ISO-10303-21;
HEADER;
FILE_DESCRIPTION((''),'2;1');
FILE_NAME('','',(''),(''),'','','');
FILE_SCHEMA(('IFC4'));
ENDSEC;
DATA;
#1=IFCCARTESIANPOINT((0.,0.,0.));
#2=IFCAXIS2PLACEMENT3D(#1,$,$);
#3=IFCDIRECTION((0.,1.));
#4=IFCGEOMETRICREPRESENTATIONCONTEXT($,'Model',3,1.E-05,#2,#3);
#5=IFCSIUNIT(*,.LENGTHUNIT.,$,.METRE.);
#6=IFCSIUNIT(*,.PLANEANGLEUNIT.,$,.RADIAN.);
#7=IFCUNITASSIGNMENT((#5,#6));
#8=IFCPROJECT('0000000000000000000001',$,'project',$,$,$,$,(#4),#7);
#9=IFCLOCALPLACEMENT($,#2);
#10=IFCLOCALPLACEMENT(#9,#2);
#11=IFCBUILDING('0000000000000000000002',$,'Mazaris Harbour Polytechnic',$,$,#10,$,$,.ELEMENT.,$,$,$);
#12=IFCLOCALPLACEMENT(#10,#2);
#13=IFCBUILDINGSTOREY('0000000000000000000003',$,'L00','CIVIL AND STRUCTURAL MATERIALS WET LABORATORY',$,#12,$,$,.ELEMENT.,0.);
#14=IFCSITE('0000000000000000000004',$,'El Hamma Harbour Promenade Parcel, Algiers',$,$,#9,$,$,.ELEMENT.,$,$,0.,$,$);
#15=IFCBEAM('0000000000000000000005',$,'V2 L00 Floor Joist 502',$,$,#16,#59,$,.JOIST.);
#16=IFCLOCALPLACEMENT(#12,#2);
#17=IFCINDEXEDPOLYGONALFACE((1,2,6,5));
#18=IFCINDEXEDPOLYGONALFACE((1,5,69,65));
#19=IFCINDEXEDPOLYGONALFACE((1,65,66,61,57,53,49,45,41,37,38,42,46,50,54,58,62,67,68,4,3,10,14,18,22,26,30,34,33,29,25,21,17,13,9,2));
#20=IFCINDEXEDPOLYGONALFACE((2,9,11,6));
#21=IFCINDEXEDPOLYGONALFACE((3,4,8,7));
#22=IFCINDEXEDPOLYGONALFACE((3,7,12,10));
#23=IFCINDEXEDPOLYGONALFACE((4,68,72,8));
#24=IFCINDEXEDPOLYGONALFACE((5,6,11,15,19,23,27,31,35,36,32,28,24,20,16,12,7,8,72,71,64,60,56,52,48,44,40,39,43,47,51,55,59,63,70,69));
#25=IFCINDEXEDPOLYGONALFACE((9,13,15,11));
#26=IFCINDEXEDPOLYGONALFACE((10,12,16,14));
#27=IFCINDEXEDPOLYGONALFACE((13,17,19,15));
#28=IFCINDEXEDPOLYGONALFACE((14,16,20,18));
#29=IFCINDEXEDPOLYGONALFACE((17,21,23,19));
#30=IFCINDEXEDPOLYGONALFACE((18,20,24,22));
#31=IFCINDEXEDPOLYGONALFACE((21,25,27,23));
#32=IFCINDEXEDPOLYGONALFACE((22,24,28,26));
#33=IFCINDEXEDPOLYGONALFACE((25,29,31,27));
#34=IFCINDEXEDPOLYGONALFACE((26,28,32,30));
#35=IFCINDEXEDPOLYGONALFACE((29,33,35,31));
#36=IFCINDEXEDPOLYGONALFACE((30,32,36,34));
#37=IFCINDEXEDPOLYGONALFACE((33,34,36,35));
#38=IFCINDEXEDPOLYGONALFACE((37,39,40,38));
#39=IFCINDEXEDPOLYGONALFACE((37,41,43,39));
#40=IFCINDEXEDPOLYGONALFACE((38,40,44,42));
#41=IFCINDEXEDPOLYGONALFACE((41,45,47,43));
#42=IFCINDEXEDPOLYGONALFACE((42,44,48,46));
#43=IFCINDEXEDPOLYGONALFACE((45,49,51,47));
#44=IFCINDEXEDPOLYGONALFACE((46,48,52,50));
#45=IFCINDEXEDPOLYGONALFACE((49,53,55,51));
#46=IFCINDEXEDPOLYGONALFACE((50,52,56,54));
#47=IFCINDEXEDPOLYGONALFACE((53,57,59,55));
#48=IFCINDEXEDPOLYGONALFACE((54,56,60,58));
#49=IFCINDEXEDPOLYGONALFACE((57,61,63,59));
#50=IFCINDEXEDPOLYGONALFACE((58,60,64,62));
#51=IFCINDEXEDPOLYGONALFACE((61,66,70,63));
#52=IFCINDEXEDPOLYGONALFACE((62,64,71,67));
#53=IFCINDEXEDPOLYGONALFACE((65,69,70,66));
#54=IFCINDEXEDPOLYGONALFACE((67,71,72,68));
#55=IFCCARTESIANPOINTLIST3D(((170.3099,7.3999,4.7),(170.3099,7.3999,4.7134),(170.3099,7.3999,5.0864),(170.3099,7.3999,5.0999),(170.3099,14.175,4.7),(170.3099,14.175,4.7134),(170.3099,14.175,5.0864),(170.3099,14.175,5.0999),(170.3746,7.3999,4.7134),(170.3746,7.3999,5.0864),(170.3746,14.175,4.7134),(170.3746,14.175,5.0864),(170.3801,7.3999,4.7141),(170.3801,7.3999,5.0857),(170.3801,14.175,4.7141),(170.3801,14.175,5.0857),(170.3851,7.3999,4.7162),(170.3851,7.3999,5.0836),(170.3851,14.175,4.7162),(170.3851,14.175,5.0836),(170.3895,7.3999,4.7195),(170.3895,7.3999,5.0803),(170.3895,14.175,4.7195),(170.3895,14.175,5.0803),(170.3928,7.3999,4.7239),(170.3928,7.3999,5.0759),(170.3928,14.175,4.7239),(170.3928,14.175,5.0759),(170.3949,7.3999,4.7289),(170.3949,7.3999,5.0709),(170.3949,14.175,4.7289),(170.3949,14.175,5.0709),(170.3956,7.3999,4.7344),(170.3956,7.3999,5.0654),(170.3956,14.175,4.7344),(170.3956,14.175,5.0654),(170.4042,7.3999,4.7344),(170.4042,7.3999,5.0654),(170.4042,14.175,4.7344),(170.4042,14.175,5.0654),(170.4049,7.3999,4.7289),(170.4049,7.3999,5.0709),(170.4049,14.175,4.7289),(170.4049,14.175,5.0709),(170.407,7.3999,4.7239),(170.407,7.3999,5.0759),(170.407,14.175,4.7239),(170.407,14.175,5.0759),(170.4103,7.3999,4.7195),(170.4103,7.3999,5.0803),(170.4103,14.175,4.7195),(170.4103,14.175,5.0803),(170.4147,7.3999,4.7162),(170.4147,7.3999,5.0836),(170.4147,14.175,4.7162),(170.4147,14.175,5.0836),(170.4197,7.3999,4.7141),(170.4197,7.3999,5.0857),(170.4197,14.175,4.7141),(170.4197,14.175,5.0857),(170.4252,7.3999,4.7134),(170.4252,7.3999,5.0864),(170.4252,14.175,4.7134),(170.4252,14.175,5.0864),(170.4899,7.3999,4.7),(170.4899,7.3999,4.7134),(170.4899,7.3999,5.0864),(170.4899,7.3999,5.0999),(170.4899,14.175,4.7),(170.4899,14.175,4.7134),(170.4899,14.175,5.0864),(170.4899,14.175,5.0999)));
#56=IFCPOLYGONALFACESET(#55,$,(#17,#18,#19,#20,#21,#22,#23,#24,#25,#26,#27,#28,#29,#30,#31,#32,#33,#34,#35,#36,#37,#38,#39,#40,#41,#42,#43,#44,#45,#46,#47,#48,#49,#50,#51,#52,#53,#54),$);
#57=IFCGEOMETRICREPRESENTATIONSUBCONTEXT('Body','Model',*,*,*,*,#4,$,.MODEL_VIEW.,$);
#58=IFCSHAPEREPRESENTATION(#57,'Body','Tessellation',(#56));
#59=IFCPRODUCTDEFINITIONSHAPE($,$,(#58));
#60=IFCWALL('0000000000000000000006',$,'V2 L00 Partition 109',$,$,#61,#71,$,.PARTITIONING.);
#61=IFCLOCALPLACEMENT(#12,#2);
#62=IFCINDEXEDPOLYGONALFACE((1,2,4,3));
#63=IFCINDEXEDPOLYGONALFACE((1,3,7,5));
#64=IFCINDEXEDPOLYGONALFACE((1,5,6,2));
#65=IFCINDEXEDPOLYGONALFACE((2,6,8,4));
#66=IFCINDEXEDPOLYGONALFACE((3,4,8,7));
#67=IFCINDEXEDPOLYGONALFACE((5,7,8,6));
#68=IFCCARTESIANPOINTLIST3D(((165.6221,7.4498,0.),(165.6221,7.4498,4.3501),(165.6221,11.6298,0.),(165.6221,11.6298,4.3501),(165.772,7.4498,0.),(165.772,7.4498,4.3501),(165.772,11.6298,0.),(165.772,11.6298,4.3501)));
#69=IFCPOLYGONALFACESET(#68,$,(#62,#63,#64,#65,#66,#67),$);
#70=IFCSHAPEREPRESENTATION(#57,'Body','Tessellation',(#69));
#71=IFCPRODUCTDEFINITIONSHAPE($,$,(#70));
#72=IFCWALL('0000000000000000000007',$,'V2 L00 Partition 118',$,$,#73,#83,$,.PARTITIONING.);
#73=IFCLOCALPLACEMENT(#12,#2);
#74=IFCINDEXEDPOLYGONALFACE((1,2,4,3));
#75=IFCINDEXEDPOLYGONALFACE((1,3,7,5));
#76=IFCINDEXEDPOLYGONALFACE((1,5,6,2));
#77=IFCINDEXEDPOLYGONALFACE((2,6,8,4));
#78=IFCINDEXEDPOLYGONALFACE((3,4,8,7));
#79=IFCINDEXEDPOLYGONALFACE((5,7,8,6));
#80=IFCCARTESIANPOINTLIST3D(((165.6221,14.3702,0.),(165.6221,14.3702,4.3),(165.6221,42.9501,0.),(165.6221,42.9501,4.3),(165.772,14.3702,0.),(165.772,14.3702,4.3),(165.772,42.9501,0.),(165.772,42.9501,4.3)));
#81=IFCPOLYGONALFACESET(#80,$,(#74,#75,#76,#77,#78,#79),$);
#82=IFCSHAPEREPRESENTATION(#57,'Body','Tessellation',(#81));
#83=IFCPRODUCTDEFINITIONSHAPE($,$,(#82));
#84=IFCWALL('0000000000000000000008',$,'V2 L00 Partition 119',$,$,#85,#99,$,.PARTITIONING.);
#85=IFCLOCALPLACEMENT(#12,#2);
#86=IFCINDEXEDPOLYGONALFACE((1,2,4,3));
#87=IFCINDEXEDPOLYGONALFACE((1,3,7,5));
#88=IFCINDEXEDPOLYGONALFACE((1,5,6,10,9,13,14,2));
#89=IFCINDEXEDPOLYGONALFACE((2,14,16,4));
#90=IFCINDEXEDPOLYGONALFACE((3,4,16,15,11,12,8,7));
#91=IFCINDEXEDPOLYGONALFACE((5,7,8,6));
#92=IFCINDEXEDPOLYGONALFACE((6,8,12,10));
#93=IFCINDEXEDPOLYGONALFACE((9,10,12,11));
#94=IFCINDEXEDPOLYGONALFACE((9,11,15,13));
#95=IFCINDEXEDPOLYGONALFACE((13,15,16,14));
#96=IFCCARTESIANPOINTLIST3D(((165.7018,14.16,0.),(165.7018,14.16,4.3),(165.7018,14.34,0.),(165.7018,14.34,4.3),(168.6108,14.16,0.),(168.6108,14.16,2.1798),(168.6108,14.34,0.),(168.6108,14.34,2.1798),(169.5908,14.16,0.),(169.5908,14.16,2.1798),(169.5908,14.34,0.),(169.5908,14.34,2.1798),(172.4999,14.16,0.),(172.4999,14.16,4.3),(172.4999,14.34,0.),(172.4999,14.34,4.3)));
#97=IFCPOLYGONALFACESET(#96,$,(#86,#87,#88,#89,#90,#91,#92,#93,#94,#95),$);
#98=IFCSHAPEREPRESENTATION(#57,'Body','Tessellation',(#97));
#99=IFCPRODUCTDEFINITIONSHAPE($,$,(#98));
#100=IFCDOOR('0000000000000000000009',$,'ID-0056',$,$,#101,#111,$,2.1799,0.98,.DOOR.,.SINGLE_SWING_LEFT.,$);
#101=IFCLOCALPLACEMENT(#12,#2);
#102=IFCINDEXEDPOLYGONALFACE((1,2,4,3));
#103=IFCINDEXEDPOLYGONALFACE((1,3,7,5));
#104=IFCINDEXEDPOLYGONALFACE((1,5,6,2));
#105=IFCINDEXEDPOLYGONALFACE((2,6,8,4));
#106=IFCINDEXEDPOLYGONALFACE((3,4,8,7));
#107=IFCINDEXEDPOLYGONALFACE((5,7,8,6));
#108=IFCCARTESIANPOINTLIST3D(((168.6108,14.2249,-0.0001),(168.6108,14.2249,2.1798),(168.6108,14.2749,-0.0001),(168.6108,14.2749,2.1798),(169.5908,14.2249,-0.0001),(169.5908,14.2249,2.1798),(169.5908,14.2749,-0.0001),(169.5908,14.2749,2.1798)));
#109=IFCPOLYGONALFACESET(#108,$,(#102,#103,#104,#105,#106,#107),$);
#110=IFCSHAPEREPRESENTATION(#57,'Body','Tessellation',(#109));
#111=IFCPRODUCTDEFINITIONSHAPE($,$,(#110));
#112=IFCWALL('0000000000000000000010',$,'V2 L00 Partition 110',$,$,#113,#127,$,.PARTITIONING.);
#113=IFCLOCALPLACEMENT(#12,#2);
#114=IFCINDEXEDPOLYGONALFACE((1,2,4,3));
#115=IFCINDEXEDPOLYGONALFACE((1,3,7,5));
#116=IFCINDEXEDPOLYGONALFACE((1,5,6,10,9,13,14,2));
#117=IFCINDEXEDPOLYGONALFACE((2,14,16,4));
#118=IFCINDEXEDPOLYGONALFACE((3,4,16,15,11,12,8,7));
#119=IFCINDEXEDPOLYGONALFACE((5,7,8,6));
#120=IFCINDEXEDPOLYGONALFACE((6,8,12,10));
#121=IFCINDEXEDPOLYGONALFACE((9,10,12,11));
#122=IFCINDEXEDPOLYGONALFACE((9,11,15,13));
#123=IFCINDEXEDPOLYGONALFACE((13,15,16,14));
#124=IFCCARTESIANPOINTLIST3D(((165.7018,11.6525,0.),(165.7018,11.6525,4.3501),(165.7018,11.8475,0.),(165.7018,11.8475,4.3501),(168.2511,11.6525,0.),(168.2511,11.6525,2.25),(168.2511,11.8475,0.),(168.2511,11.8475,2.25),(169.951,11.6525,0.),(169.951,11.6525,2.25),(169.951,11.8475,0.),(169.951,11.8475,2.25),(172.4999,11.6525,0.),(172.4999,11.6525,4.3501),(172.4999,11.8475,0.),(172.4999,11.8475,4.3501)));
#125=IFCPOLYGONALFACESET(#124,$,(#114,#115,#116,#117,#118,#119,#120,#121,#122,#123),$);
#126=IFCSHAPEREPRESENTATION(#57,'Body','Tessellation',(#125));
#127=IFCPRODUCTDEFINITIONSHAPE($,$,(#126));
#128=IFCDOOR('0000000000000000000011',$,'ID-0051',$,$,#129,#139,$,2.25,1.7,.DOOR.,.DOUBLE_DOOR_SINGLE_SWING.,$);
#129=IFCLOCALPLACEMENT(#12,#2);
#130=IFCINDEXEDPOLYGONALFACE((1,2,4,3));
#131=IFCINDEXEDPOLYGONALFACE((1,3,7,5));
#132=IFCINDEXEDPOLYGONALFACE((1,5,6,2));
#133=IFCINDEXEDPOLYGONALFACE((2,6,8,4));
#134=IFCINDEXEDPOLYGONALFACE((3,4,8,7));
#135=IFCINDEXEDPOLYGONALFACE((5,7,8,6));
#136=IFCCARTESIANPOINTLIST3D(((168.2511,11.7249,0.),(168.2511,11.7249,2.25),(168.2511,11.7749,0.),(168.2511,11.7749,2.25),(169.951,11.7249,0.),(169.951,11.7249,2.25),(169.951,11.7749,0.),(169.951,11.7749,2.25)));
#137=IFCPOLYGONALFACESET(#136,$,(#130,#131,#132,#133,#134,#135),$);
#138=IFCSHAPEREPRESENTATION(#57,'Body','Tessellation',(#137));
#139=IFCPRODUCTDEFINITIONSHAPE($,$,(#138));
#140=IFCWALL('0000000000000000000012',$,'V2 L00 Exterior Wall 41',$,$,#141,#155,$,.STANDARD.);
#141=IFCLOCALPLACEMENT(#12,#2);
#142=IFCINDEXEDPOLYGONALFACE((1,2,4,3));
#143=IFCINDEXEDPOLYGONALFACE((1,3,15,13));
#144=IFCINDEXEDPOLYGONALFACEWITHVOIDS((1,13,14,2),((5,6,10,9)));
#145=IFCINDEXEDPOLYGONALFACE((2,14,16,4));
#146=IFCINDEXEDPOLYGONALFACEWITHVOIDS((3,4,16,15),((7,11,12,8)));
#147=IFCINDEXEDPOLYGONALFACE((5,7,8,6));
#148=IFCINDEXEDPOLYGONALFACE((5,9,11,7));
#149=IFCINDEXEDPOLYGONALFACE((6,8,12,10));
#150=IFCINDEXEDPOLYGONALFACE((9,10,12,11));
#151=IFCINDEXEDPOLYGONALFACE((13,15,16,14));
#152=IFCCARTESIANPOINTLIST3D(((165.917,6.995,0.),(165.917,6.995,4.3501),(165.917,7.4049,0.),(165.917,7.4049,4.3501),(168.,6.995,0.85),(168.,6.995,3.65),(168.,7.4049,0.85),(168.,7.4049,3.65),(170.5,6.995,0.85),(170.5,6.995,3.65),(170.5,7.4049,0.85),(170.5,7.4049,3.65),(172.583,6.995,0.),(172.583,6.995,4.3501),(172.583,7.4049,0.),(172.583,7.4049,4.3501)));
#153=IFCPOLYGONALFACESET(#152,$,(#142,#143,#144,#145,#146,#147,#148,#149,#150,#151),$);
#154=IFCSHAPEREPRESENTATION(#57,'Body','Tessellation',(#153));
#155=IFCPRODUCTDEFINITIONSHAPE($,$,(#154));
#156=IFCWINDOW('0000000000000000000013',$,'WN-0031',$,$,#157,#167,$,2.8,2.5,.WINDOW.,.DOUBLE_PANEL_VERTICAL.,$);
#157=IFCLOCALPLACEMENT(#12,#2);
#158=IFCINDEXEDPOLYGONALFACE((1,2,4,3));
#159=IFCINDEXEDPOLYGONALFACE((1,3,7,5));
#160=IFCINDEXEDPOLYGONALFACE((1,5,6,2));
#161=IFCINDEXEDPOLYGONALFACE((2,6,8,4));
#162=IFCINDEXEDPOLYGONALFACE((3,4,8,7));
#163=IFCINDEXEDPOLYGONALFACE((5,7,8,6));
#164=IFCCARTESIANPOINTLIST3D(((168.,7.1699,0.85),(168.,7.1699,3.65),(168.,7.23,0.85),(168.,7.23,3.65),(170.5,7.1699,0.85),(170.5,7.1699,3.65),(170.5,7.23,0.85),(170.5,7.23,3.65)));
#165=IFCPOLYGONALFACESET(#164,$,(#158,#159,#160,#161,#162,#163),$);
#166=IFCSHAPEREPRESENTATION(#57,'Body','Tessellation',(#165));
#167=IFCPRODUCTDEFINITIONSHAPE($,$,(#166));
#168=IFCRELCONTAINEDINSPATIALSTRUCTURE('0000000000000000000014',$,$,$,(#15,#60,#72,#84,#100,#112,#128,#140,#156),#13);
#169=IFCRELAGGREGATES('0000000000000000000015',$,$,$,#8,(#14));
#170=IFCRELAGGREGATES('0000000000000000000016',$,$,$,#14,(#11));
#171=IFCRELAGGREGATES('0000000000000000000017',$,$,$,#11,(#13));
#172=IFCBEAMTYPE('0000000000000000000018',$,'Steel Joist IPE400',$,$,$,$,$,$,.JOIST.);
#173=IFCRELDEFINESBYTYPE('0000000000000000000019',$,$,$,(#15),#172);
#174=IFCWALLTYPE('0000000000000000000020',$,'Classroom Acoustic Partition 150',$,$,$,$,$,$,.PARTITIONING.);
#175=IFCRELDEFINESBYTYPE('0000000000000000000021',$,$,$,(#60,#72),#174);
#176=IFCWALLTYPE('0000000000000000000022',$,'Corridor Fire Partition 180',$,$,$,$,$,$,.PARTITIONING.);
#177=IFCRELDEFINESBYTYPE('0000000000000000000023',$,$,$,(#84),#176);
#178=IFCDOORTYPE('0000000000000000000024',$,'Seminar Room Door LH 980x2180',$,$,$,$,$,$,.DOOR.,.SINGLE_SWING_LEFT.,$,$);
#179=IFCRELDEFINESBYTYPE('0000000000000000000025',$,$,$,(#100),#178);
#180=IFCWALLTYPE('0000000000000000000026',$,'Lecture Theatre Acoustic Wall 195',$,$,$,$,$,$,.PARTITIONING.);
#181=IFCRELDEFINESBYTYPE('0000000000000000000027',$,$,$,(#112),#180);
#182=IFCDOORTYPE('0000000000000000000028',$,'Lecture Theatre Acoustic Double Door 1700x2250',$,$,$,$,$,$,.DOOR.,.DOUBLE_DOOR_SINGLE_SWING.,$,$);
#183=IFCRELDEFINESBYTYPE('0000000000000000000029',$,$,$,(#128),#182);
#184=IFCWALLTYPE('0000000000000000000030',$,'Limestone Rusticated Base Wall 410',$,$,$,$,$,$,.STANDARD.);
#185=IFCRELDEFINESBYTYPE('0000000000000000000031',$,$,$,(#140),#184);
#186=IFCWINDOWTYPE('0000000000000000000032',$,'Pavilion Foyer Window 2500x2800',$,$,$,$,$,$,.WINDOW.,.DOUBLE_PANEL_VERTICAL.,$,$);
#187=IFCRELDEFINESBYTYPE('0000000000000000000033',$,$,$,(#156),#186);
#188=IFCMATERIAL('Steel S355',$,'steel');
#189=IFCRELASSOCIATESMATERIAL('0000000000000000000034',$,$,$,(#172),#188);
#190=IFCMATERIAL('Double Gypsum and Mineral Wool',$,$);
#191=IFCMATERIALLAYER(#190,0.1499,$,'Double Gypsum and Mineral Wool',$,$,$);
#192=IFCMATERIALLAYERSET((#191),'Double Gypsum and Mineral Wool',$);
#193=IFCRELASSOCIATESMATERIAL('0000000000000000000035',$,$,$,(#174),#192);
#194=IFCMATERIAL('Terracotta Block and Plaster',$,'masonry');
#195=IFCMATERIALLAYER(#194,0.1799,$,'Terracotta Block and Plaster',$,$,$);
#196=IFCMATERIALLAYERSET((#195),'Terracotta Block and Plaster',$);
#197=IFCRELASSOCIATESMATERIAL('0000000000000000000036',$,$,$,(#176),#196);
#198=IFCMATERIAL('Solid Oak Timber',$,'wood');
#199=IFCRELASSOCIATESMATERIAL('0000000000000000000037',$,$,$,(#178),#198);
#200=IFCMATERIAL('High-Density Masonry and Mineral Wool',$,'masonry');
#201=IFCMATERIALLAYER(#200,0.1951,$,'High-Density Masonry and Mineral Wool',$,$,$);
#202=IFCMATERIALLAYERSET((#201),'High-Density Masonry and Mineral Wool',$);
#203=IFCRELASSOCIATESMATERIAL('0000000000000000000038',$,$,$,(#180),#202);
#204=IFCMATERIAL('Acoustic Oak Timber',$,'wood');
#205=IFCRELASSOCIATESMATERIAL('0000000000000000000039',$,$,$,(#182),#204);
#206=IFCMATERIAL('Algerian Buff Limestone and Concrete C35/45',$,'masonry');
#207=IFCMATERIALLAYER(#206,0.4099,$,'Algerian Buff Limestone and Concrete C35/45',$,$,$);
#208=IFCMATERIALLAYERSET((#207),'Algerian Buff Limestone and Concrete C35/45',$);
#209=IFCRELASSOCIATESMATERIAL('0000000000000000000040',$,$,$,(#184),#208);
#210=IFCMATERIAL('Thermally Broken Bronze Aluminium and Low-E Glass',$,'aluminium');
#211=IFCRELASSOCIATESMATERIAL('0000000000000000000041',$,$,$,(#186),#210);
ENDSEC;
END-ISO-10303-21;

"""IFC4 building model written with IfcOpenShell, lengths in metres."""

from ifc_helpers import new_model, si_unit, direction, frame, frame_2d, origin, origin_2d, place, context, subcontext, project, spatial, rectangle, i_section, extrude, material, layer, layer_set, material_profile, profile_set, type_object, element, fill, save


model = new_model("IFC4")

# Units and contexts
model_context = context("Model", 3, precision=1e-05, world=origin(), true_north=direction((0.0, 1.0)))
body_context = subcontext(model_context, "Body", "Model", "MODEL_VIEW")
ifc_project = project(units=[si_unit("LENGTHUNIT", "METRE"), si_unit("PLANEANGLEUNIT", "RADIAN")], contexts=[model_context])

# Site, building, storey
site_placement = place(None, origin())
site = spatial("IfcSite", under=ifc_project, at=site_placement, Name="El Hamma Harbour Promenade Parcel, Algiers", CompositionType="ELEMENT", RefElevation=0.0)
building_placement = place(site_placement, origin())
building = spatial("IfcBuilding", under=site, at=building_placement, Name="Mazaris Harbour Polytechnic", CompositionType="ELEMENT")
storey_placement = place(building_placement, origin())
storey = spatial("IfcBuildingStorey", under=building, at=storey_placement, Name="L00", Description="CIVIL AND STRUCTURAL MATERIALS WET LABORATORY", CompositionType="ELEMENT", Elevation=0.0)

# Beam
ifc_material_1 = material(Name="Steel S355", Category="steel")
ifc_material_profile_1 = material_profile(ifc_material_1, i_section(OverallWidth=0.1799, OverallDepth=0.3999, WebThickness=0.0085, FlangeThickness=0.0134, FilletRadius=0.021, at=origin_2d()), Name="IPE 400")
ifc_profile_set_1 = profile_set([ifc_material_profile_1], Name="Steel S355")
beam_type_1 = type_object("IfcBeamType", Name="Steel Joist IPE400", PredefinedType="JOIST", material=ifc_profile_set_1)
beam_1_placement = place(storey_placement, frame((170.3999, 7.3999, 4.8999), z_axis=(0.0, 1.0, 0.0), x_axis=(-1.0, 0.0, 0.0)))
element("IfcBeam", 1, at=beam_1_placement, inside=storey, type_object=beam_type_1, Name="V2 L00 Floor Joist 502", PredefinedType="JOIST", context=body_context, shape_type="SweptSolid", body=[
    extrude(i_section(OverallWidth=0.1799, OverallDepth=0.3999, WebThickness=0.0085, FlangeThickness=0.0134, FilletRadius=0.021, at=origin_2d()), origin(), (0.0, 0.0, 1.0), 6.7751),
])

# Walls
ifc_material_2 = material(Name="Double Gypsum and Mineral Wool")
ifc_layer_1 = layer(ifc_material_2, 0.1499, Name="Double Gypsum and Mineral Wool")
ifc_layer_set_1 = layer_set([ifc_layer_1], Name="Double Gypsum and Mineral Wool")
wall_type_1 = type_object("IfcWallType", Name="Classroom Acoustic Partition 150", PredefinedType="PARTITIONING", material=ifc_layer_set_1)
wall_1_placement = place(storey_placement, frame((165.697, 7.45, 0.0), z_axis=(0.0, 0.0, 1.0), x_axis=(0.0, 1.0, 0.0)))
element("IfcWall", 2, at=wall_1_placement, inside=storey, type_object=wall_type_1, Name="V2 L00 Partition 109", PredefinedType="PARTITIONING", context=body_context, shape_type="SweptSolid", body=[
    extrude(rectangle(XDim=4.1799, YDim=0.1499, at=frame_2d((2.0898, 0.0))), origin(), (0.0, 0.0, 1.0), 4.3501),
])
wall_2_placement = place(storey_placement, frame((165.697, 14.3701, 0.0), z_axis=(0.0, 0.0, 1.0), x_axis=(0.0, 1.0, 0.0)))
element("IfcWall", 3, at=wall_2_placement, inside=storey, type_object=wall_type_1, Name="V2 L00 Partition 118", PredefinedType="PARTITIONING", context=body_context, shape_type="SweptSolid", body=[
    extrude(rectangle(XDim=28.5798, YDim=0.1499, at=frame_2d((14.29, 0.0))), origin(), (0.0, 0.0, 1.0), 4.3),
])

# Walls, openings, doors
ifc_material_3 = material(Name="Terracotta Block and Plaster", Category="masonry")
ifc_layer_2 = layer(ifc_material_3, 0.1799, Name="Terracotta Block and Plaster")
ifc_layer_set_2 = layer_set([ifc_layer_2], Name="Terracotta Block and Plaster")
wall_type_2 = type_object("IfcWallType", Name="Corridor Fire Partition 180", PredefinedType="PARTITIONING", material=ifc_layer_set_2)
wall_3_placement = place(storey_placement, frame((165.7019, 14.25, 0.0), z_axis=(0.0, 0.0, 1.0), x_axis=(1.0, 0.0, 0.0)))
wall_3 = element("IfcWall", 4, at=wall_3_placement, inside=storey, type_object=wall_type_2, Name="V2 L00 Partition 119", PredefinedType="PARTITIONING", context=body_context, shape_type="SweptSolid", body=[
    extrude(rectangle(XDim=6.7981, YDim=0.1799, at=frame_2d((3.3989, 0.0))), origin(), (0.0, 0.0, 1.0), 4.3),
])
opening_1_placement = place(wall_3_placement, frame((2.9089, 0.0, 0.0)))
opening_1 = element("IfcOpeningElement", 5, at=opening_1_placement, cuts=wall_3, PredefinedType="OPENING", context=body_context, shape_type="SweptSolid", body=[
    extrude(rectangle(XDim=0.98, YDim=2.1799, at=frame_2d((0.49, 1.0898))), frame((0.0, 0.0999, 0.0), z_axis=(0.0, -1.0, 0.0), x_axis=(1.0, 0.0, 0.0)), (0.0, 0.0, 1.0), 0.2),
])
ifc_material_4 = material(Name="Solid Oak Timber", Category="wood")
door_type_1 = type_object("IfcDoorType", Name="Seminar Room Door LH 980x2180", OperationType="SINGLE_SWING_LEFT", PredefinedType="DOOR", material=ifc_material_4)
door_1_placement = place(opening_1_placement, origin())
door_1 = element("IfcDoor", 6, at=door_1_placement, inside=storey, type_object=door_type_1, Name="ID-0056", OperationType="SINGLE_SWING_LEFT", OverallHeight=2.1799, OverallWidth=0.98, PredefinedType="DOOR", context=body_context, shape_type="SweptSolid", body=[
    extrude(rectangle(XDim=0.98, YDim=2.1799, at=frame_2d((0.49, 1.0898))), frame((0.0, 0.0249, 0.0), z_axis=(0.0, -1.0, 0.0), x_axis=(1.0, 0.0, 0.0)), (0.0, 0.0, 1.0), 0.05),
])
fill(opening_1, door_1)
ifc_material_5 = material(Name="High-Density Masonry and Mineral Wool", Category="masonry")
ifc_layer_3 = layer(ifc_material_5, 0.1951, Name="High-Density Masonry and Mineral Wool")
ifc_layer_set_3 = layer_set([ifc_layer_3], Name="High-Density Masonry and Mineral Wool")
wall_type_3 = type_object("IfcWallType", Name="Lecture Theatre Acoustic Wall 195", PredefinedType="PARTITIONING", material=ifc_layer_set_3)
wall_4_placement = place(storey_placement, frame((165.7019, 11.75, 0.0), z_axis=(0.0, 0.0, 1.0), x_axis=(1.0, 0.0, 0.0)))
wall_4 = element("IfcWall", 7, at=wall_4_placement, inside=storey, type_object=wall_type_3, Name="V2 L00 Partition 110", PredefinedType="PARTITIONING", context=body_context, shape_type="SweptSolid", body=[
    extrude(rectangle(XDim=6.7981, YDim=0.1951, at=frame_2d((3.3989, 0.0))), origin(), (0.0, 0.0, 1.0), 4.3501),
])
opening_2_placement = place(wall_4_placement, frame((2.5491, 0.0, 0.0)))
opening_2 = element("IfcOpeningElement", 8, at=opening_2_placement, cuts=wall_4, PredefinedType="OPENING", context=body_context, shape_type="SweptSolid", body=[
    extrude(rectangle(XDim=1.7, YDim=2.25, at=frame_2d((0.8501, 1.125))), frame((0.0, 0.1074, 0.0), z_axis=(0.0, -1.0, 0.0), x_axis=(1.0, 0.0, 0.0)), (0.0, 0.0, 1.0), 0.2151),
])
ifc_material_6 = material(Name="Acoustic Oak Timber", Category="wood")
door_type_2 = type_object("IfcDoorType", Name="Lecture Theatre Acoustic Double Door 1700x2250", OperationType="DOUBLE_DOOR_SINGLE_SWING", PredefinedType="DOOR", material=ifc_material_6)
door_2_placement = place(opening_2_placement, origin())
door_2 = element("IfcDoor", 9, at=door_2_placement, inside=storey, type_object=door_type_2, Name="ID-0051", OperationType="DOUBLE_DOOR_SINGLE_SWING", OverallHeight=2.25, OverallWidth=1.7, PredefinedType="DOOR", context=body_context, shape_type="SweptSolid", body=[
    extrude(rectangle(XDim=1.7, YDim=2.25, at=frame_2d((0.8501, 1.125))), frame((0.0, 0.0249, 0.0), z_axis=(0.0, -1.0, 0.0), x_axis=(1.0, 0.0, 0.0)), (0.0, 0.0, 1.0), 0.05),
])
fill(opening_2, door_2)

# Wall, opening, window
ifc_material_7 = material(Name="Algerian Buff Limestone and Concrete C35/45", Category="masonry")
ifc_layer_4 = layer(ifc_material_7, 0.4099, Name="Algerian Buff Limestone and Concrete C35/45")
ifc_layer_set_4 = layer_set([ifc_layer_4], Name="Algerian Buff Limestone and Concrete C35/45")
wall_type_4 = type_object("IfcWallType", Name="Limestone Rusticated Base Wall 410", PredefinedType="STANDARD", material=ifc_layer_set_4)
wall_5_placement = place(storey_placement, frame((172.583, 7.2, 0.0), z_axis=(0.0, 0.0, 1.0), x_axis=(-1.0, 0.0, 0.0)))
wall_5 = element("IfcWall", 10, at=wall_5_placement, inside=storey, type_object=wall_type_4, Name="V2 L00 Exterior Wall 41", PredefinedType="STANDARD", context=body_context, shape_type="SweptSolid", body=[
    extrude(rectangle(XDim=6.666, YDim=0.4099, at=frame_2d((3.333, 0.0))), origin(), (0.0, 0.0, 1.0), 4.3501),
])
opening_3_placement = place(wall_5_placement, frame((2.083, 0.0, 0.8501)))
opening_3 = element("IfcOpeningElement", 11, at=opening_3_placement, cuts=wall_5, PredefinedType="OPENING", context=body_context, shape_type="SweptSolid", body=[
    extrude(rectangle(XDim=2.5, YDim=2.8, at=frame_2d((1.25, 1.3999))), frame((0.0, 0.2148, 0.0), z_axis=(0.0, -1.0, 0.0), x_axis=(1.0, 0.0, 0.0)), (0.0, 0.0, 1.0), 0.4299),
])
ifc_material_8 = material(Name="Thermally Broken Bronze Aluminium and Low-E Glass", Category="aluminium")
window_type = type_object("IfcWindowType", Name="Pavilion Foyer Window 2500x2800", PartitioningType="DOUBLE_PANEL_VERTICAL", PredefinedType="WINDOW", material=ifc_material_8)
window_1_placement = place(opening_3_placement, origin())
window_1 = element("IfcWindow", 12, at=window_1_placement, inside=storey, type_object=window_type, Name="WN-0031", OverallHeight=2.8, OverallWidth=2.5, PartitioningType="DOUBLE_PANEL_VERTICAL", PredefinedType="WINDOW", context=body_context, shape_type="SweptSolid", body=[
    extrude(rectangle(XDim=2.5, YDim=2.8, at=frame_2d((1.25, 1.3999))), frame((0.0, 0.03, 0.0), z_axis=(0.0, -1.0, 0.0), x_axis=(1.0, 0.0, 0.0)), (0.0, 0.0, 1.0), 0.0601),
])
fill(opening_3, window_1)

save(model, "model.ifc")
